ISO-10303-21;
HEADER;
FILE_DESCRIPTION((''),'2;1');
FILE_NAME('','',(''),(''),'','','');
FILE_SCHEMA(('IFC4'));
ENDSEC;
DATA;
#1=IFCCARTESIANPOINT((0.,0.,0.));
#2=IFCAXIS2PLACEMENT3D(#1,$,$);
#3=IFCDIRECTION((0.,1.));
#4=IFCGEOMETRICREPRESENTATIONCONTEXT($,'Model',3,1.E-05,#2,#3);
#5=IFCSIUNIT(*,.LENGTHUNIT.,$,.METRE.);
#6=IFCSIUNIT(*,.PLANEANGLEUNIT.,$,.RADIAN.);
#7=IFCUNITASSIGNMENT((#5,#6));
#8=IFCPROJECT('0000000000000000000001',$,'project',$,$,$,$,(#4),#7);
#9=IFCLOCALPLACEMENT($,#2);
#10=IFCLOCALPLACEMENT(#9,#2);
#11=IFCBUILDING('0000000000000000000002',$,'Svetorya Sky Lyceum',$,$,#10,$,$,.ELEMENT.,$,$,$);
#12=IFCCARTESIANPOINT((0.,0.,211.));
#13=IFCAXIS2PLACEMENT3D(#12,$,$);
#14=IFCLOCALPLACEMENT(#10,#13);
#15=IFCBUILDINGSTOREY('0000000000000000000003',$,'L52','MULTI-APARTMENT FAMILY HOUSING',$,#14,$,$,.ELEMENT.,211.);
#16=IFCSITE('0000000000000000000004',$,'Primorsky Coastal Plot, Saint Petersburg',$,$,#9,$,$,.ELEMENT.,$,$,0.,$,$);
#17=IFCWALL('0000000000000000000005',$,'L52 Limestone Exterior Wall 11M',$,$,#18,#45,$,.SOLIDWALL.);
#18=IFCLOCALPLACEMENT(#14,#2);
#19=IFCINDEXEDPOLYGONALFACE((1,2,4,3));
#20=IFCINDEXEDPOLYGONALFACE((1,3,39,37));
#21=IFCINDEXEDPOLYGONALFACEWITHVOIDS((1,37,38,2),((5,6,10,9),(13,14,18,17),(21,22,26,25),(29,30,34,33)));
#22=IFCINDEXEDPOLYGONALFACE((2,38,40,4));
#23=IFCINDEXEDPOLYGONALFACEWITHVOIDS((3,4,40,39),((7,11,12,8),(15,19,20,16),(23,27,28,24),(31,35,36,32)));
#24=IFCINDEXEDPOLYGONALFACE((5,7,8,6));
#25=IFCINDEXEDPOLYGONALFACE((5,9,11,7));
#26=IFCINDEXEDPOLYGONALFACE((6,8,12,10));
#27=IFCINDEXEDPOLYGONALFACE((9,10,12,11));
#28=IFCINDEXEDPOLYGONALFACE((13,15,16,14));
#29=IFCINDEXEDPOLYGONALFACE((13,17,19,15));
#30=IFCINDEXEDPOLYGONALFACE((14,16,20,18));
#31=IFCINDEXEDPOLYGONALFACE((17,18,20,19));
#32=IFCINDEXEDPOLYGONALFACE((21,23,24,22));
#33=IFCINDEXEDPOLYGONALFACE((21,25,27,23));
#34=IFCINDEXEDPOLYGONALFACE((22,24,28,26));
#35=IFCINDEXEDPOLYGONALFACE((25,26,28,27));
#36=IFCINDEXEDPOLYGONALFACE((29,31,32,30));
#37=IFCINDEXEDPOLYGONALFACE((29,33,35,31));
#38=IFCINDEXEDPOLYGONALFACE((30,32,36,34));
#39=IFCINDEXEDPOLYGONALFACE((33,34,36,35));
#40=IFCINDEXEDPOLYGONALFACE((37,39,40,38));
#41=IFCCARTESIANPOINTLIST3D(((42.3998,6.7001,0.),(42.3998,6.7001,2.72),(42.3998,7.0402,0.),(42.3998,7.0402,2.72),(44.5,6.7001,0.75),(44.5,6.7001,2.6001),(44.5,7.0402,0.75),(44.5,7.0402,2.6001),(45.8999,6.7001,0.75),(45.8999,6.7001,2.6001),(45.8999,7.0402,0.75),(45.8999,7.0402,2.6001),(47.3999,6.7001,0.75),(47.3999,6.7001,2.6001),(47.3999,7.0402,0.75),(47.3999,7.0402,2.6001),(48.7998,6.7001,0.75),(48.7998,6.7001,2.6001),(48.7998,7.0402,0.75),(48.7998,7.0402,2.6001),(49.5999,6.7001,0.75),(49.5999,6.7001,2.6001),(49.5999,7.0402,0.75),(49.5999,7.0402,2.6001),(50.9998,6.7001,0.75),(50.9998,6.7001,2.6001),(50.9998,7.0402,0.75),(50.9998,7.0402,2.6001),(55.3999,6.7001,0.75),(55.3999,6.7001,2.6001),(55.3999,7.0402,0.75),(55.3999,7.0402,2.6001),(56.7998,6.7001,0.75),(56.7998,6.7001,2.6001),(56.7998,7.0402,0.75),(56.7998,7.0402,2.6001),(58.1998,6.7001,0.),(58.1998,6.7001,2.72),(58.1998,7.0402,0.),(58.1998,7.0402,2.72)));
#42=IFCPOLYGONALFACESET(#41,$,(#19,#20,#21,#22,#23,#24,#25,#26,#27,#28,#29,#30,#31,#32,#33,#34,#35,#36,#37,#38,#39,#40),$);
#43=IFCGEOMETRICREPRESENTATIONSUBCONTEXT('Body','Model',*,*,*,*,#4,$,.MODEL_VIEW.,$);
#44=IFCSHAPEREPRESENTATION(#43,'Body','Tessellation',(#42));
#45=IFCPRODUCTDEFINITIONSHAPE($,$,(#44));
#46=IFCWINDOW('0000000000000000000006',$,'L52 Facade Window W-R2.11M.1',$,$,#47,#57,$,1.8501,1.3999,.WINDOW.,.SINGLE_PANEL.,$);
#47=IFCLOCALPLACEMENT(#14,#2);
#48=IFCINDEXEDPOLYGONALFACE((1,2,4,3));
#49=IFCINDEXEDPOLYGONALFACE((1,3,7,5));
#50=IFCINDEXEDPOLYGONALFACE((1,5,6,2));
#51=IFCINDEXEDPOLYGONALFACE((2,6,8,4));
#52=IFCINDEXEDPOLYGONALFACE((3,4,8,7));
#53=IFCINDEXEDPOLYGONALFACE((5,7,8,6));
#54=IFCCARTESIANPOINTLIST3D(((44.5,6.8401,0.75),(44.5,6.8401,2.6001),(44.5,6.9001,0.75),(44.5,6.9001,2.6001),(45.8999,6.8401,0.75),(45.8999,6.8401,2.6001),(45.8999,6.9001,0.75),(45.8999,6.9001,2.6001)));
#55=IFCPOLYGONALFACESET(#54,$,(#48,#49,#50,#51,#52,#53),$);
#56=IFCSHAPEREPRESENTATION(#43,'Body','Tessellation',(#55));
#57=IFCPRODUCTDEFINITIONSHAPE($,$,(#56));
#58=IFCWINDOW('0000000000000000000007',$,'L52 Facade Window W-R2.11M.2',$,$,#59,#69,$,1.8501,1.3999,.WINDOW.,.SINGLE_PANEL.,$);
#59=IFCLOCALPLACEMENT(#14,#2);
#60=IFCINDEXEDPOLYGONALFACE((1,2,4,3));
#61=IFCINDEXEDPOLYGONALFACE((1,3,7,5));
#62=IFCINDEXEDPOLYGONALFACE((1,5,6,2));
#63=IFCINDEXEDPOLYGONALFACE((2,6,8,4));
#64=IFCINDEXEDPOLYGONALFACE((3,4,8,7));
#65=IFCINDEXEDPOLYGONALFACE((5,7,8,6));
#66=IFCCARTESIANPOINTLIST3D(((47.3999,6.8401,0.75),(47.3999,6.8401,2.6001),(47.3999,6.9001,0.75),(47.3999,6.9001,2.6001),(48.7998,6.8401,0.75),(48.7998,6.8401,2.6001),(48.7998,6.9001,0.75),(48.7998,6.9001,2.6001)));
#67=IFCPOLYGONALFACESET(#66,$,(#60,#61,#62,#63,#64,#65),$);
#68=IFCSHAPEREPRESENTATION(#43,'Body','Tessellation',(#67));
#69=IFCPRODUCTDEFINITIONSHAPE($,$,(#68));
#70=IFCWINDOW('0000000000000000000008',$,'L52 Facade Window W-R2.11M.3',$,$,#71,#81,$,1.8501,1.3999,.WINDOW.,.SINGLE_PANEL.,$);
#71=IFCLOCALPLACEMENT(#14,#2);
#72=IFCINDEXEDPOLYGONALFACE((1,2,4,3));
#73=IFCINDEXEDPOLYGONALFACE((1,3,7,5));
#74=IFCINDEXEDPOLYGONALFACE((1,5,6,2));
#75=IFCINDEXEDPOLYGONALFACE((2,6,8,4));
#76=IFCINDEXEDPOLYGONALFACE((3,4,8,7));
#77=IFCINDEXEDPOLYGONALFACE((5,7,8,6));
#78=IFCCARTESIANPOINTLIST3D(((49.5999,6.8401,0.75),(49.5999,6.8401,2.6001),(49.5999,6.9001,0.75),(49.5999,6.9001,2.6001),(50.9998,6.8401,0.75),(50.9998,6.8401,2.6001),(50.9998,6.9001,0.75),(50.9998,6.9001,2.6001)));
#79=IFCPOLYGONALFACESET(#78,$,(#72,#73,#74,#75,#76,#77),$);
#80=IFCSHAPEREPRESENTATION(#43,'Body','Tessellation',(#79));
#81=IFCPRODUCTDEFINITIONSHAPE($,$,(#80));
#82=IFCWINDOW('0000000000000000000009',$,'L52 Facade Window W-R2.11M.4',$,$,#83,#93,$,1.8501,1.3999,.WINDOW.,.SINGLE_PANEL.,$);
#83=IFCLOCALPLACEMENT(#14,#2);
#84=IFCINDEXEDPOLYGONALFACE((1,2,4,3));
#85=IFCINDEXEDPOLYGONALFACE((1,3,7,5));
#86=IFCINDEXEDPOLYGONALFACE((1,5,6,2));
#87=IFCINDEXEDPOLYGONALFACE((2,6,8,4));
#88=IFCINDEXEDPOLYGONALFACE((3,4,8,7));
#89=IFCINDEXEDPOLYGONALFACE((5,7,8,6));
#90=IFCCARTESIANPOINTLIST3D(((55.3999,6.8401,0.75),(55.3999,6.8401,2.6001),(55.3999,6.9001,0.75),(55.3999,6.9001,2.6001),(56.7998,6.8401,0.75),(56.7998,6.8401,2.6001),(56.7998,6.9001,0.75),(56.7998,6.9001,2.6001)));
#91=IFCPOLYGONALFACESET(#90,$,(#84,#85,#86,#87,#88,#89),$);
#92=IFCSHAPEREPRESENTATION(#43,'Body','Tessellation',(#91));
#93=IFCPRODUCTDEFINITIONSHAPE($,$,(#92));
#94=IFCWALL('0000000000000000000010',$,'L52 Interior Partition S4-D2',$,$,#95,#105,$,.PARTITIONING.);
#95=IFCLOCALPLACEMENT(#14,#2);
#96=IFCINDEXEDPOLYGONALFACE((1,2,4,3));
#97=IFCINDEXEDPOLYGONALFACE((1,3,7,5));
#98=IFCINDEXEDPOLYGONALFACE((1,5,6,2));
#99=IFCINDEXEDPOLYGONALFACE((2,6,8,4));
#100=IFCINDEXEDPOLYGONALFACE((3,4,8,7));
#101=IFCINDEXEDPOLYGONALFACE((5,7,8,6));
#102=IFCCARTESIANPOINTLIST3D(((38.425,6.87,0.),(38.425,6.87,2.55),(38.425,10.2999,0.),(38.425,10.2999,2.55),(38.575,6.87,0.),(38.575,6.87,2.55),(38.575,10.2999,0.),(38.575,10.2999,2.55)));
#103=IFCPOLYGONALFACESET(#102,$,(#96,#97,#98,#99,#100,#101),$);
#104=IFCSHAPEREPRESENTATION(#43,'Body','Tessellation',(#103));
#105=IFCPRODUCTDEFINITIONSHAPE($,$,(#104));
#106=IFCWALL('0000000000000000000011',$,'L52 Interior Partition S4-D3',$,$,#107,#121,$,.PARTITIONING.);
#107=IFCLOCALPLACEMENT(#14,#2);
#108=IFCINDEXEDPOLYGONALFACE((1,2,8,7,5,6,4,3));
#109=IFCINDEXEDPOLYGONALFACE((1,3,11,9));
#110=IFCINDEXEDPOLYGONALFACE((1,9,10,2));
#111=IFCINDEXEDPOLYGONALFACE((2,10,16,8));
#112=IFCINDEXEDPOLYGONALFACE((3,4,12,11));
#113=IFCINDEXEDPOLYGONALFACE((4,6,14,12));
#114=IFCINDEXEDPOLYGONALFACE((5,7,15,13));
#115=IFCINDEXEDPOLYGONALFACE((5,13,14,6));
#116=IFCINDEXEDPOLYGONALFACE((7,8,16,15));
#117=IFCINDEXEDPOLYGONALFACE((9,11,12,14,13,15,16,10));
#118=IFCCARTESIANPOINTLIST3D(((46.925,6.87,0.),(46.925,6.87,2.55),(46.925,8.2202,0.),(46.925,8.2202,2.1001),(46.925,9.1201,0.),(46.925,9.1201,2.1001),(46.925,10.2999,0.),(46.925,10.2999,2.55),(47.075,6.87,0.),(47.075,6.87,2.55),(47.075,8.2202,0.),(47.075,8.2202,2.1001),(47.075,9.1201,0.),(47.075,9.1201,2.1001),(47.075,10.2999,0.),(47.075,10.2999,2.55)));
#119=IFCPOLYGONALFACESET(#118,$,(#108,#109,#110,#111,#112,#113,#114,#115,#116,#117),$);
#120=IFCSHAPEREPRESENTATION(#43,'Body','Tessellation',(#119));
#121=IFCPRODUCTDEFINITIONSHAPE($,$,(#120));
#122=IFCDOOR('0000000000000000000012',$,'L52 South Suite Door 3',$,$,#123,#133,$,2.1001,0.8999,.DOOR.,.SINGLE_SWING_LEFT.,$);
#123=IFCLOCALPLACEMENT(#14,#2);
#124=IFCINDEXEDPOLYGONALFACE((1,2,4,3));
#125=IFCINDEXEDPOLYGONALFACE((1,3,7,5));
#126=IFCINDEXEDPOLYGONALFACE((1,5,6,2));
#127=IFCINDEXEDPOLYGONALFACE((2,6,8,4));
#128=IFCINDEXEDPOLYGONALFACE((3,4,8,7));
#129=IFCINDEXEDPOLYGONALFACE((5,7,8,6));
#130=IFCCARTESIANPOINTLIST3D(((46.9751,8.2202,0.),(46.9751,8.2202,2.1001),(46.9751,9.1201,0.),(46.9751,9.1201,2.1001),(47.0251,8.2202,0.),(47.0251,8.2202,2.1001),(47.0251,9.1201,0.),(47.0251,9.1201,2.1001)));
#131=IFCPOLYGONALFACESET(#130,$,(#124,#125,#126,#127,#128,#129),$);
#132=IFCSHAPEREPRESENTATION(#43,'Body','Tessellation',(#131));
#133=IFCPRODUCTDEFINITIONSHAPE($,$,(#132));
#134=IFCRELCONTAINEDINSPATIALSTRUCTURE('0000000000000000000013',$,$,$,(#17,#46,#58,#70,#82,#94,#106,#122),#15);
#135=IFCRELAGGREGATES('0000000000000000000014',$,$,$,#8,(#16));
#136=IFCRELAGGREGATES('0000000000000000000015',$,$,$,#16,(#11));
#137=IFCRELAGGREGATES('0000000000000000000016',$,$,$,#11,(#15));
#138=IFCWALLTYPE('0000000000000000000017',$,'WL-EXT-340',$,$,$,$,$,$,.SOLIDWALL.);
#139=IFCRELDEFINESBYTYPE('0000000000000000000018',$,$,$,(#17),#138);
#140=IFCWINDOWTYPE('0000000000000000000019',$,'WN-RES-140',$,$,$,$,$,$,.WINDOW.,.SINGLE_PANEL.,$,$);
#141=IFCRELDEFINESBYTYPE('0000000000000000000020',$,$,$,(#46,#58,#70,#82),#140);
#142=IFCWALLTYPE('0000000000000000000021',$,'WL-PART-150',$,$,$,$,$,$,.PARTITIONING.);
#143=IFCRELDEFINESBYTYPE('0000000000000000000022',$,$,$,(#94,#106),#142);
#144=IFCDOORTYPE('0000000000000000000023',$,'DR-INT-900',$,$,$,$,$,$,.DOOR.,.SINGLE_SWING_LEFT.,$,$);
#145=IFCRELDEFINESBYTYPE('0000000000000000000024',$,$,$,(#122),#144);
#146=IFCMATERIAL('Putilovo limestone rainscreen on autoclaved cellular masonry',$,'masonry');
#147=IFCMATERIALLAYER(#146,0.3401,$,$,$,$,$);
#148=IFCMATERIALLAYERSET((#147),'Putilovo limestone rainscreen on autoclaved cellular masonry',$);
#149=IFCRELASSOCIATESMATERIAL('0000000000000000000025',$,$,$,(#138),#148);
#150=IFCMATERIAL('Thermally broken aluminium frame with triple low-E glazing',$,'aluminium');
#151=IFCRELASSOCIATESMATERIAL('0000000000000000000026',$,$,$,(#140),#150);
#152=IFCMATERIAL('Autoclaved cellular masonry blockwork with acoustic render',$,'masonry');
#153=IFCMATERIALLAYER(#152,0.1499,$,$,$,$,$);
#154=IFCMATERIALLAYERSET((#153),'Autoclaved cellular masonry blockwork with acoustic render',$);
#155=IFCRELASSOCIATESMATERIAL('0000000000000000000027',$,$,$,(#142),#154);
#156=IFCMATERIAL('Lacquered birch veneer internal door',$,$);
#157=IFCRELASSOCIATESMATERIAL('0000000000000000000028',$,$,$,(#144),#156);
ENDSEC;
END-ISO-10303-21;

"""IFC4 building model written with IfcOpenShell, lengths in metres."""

from ifc_helpers import new_model, si_unit, direction, frame, frame_2d, origin, place, context, subcontext, project, spatial, rectangle, extrude, material, layer, layer_set, type_object, element, fill, save


model = new_model("IFC4")

# Units and contexts
model_context = context("Model", 3, precision=1e-05, world=origin(), true_north=direction((0.0, 1.0)))
body_context = subcontext(model_context, "Body", "Model", "MODEL_VIEW")
ifc_project = project(units=[si_unit("LENGTHUNIT", "METRE"), si_unit("PLANEANGLEUNIT", "RADIAN")], contexts=[model_context])

# Site, building, storey
site_placement = place(None, origin())
site = spatial("IfcSite", under=ifc_project, at=site_placement, Name="Primorsky Coastal Plot, Saint Petersburg", CompositionType="ELEMENT", RefElevation=0.0)
building_placement = place(site_placement, origin())
building = spatial("IfcBuilding", under=site, at=building_placement, Name="Svetorya Sky Lyceum", CompositionType="ELEMENT")
storey_placement = place(building_placement, frame((0.0, 0.0, 211.0)))
storey = spatial("IfcBuildingStorey", under=building, at=storey_placement, Name="L52", Description="MULTI-APARTMENT FAMILY HOUSING", CompositionType="ELEMENT", Elevation=211.0)

# Shared definitions
ifc_material_1 = material(Name="Putilovo limestone rainscreen on autoclaved cellular masonry", Category="masonry")
ifc_layer_1 = layer(ifc_material_1, 0.3401)
ifc_layer_set_1 = layer_set([ifc_layer_1], Name="Putilovo limestone rainscreen on autoclaved cellular masonry")
wall_type_1 = type_object("IfcWallType", Name="WL-EXT-340", PredefinedType="SOLIDWALL", material=ifc_layer_set_1)

# Wall, openings, windows
wall_1_placement = place(storey_placement, frame((42.3999, 6.8701, 0.0), z_axis=(0.0, 0.0, 1.0), x_axis=(1.0, 0.0, 0.0)))
wall_1 = element("IfcWall", 1, at=wall_1_placement, inside=storey, type_object=wall_type_1, Name="L52 Limestone Exterior Wall 11M", PredefinedType="SOLIDWALL", context=body_context, shape_type="SweptSolid", body=[
    extrude(rectangle(XDim=15.8, YDim=0.3401, at=frame_2d((7.8999, 0.0))), origin(), (0.0, 0.0, 1.0), 2.72),
])
opening_1_placement = place(wall_1_placement, frame((2.1001, 0.0, 0.75)))
opening_1 = element("IfcOpeningElement", 2, at=opening_1_placement, cuts=wall_1, PredefinedType="OPENING", context=body_context, shape_type="SweptSolid", body=[
    extrude(rectangle(XDim=1.3999, YDim=1.8501, at=frame_2d((0.7, 0.925))), frame((0.0, 0.1799, 0.0), z_axis=(0.0, -1.0, 0.0), x_axis=(1.0, 0.0, 0.0)), (0.0, 0.0, 1.0), 0.3601),
])
opening_2_placement = place(wall_1_placement, frame((5.0, 0.0, 0.75)))
opening_2 = element("IfcOpeningElement", 3, at=opening_2_placement, cuts=wall_1, PredefinedType="OPENING", context=body_context, shape_type="SweptSolid", body=[
    extrude(rectangle(XDim=1.3999, YDim=1.8501, at=frame_2d((0.7, 0.925))), frame((0.0, 0.1799, 0.0), z_axis=(0.0, -1.0, 0.0), x_axis=(1.0, 0.0, 0.0)), (0.0, 0.0, 1.0), 0.3601),
])
opening_3_placement = place(wall_1_placement, frame((7.2, 0.0, 0.75)))
opening_3 = element("IfcOpeningElement", 4, at=opening_3_placement, cuts=wall_1, PredefinedType="OPENING", context=body_context, shape_type="SweptSolid", body=[
    extrude(rectangle(XDim=1.3999, YDim=1.8501, at=frame_2d((0.7, 0.925))), frame((0.0, 0.1799, 0.0), z_axis=(0.0, -1.0, 0.0), x_axis=(1.0, 0.0, 0.0)), (0.0, 0.0, 1.0), 0.3601),
])
opening_4_placement = place(wall_1_placement, frame((13.0, 0.0, 0.75)))
opening_4 = element("IfcOpeningElement", 5, at=opening_4_placement, cuts=wall_1, PredefinedType="OPENING", context=body_context, shape_type="SweptSolid", body=[
    extrude(rectangle(XDim=1.3999, YDim=1.8501, at=frame_2d((0.7, 0.925))), frame((0.0, 0.1799, 0.0), z_axis=(0.0, -1.0, 0.0), x_axis=(1.0, 0.0, 0.0)), (0.0, 0.0, 1.0), 0.3601),
])
ifc_material_2 = material(Name="Thermally broken aluminium frame with triple low-E glazing", Category="aluminium")
window_type = type_object("IfcWindowType", Name="WN-RES-140", PartitioningType="SINGLE_PANEL", PredefinedType="WINDOW", material=ifc_material_2)
window_1_placement = place(opening_1_placement, origin())
window_1 = element("IfcWindow", 6, at=window_1_placement, inside=storey, type_object=window_type, Name="L52 Facade Window W-R2.11M.1", OverallHeight=1.8501, OverallWidth=1.3999, PartitioningType="SINGLE_PANEL", PredefinedType="WINDOW", context=body_context, shape_type="SweptSolid", body=[
    extrude(rectangle(XDim=1.3999, YDim=1.8501, at=frame_2d((0.7, 0.925))), frame((0.0, 0.03, 0.0), z_axis=(0.0, -1.0, 0.0), x_axis=(1.0, 0.0, 0.0)), (0.0, 0.0, 1.0), 0.0601),
])
fill(opening_1, window_1)
window_2_placement = place(opening_2_placement, origin())
window_2 = element("IfcWindow", 7, at=window_2_placement, inside=storey, type_object=window_type, Name="L52 Facade Window W-R2.11M.2", OverallHeight=1.8501, OverallWidth=1.3999, PartitioningType="SINGLE_PANEL", PredefinedType="WINDOW", context=body_context, shape_type="SweptSolid", body=[
    extrude(rectangle(XDim=1.3999, YDim=1.8501, at=frame_2d((0.7, 0.925))), frame((0.0, 0.03, 0.0), z_axis=(0.0, -1.0, 0.0), x_axis=(1.0, 0.0, 0.0)), (0.0, 0.0, 1.0), 0.0601),
])
fill(opening_2, window_2)
window_3_placement = place(opening_3_placement, origin())
window_3 = element("IfcWindow", 8, at=window_3_placement, inside=storey, type_object=window_type, Name="L52 Facade Window W-R2.11M.3", OverallHeight=1.8501, OverallWidth=1.3999, PartitioningType="SINGLE_PANEL", PredefinedType="WINDOW", context=body_context, shape_type="SweptSolid", body=[
    extrude(rectangle(XDim=1.3999, YDim=1.8501, at=frame_2d((0.7, 0.925))), frame((0.0, 0.03, 0.0), z_axis=(0.0, -1.0, 0.0), x_axis=(1.0, 0.0, 0.0)), (0.0, 0.0, 1.0), 0.0601),
])
fill(opening_3, window_3)
window_4_placement = place(opening_4_placement, origin())
window_4 = element("IfcWindow", 9, at=window_4_placement, inside=storey, type_object=window_type, Name="L52 Facade Window W-R2.11M.4", OverallHeight=1.8501, OverallWidth=1.3999, PartitioningType="SINGLE_PANEL", PredefinedType="WINDOW", context=body_context, shape_type="SweptSolid", body=[
    extrude(rectangle(XDim=1.3999, YDim=1.8501, at=frame_2d((0.7, 0.925))), frame((0.0, 0.03, 0.0), z_axis=(0.0, -1.0, 0.0), x_axis=(1.0, 0.0, 0.0)), (0.0, 0.0, 1.0), 0.0601),
])
fill(opening_4, window_4)

# Wall
ifc_material_3 = material(Name="Autoclaved cellular masonry blockwork with acoustic render", Category="masonry")
ifc_layer_2 = layer(ifc_material_3, 0.1499)
ifc_layer_set_2 = layer_set([ifc_layer_2], Name="Autoclaved cellular masonry blockwork with acoustic render")
wall_type_2 = type_object("IfcWallType", Name="WL-PART-150", PredefinedType="PARTITIONING", material=ifc_layer_set_2)
wall_2_placement = place(storey_placement, frame((38.5, 6.8701, 0.0), z_axis=(0.0, 0.0, 1.0), x_axis=(0.0, 1.0, 0.0)))
element("IfcWall", 10, at=wall_2_placement, inside=storey, type_object=wall_type_2, Name="L52 Interior Partition S4-D2", PredefinedType="PARTITIONING", context=body_context, shape_type="SweptSolid", body=[
    extrude(rectangle(XDim=3.4299, YDim=0.1499, at=frame_2d((1.7148, 0.0))), origin(), (0.0, 0.0, 1.0), 2.55),
])

# Wall, opening, door
wall_3_placement = place(storey_placement, frame((47.0, 6.8701, 0.0), z_axis=(0.0, 0.0, 1.0), x_axis=(0.0, 1.0, 0.0)))
wall_3 = element("IfcWall", 11, at=wall_3_placement, inside=storey, type_object=wall_type_2, Name="L52 Interior Partition S4-D3", PredefinedType="PARTITIONING", context=body_context, shape_type="SweptSolid", body=[
    extrude(rectangle(XDim=3.4299, YDim=0.1499, at=frame_2d((1.7148, 0.0))), origin(), (0.0, 0.0, 1.0), 2.55),
])
opening_5_placement = place(wall_3_placement, frame((1.3501, 0.0, 0.0)))
opening_5 = element("IfcOpeningElement", 12, at=opening_5_placement, cuts=wall_3, PredefinedType="OPENING", context=body_context, shape_type="SweptSolid", body=[
    extrude(rectangle(XDim=0.8999, YDim=2.1001, at=frame_2d((0.45, 1.05))), frame((0.0, 0.085, 0.0), z_axis=(0.0, -1.0, 0.0), x_axis=(1.0, 0.0, 0.0)), (0.0, 0.0, 1.0), 0.1699),
])
ifc_material_4 = material(Name="Lacquered birch veneer internal door")
door_type = type_object("IfcDoorType", Name="DR-INT-900", OperationType="SINGLE_SWING_LEFT", PredefinedType="DOOR", material=ifc_material_4)
door_placement = place(opening_5_placement, origin())
door = element("IfcDoor", 13, at=door_placement, inside=storey, type_object=door_type, Name="L52 South Suite Door 3", OperationType="SINGLE_SWING_LEFT", OverallHeight=2.1001, OverallWidth=0.8999, PredefinedType="DOOR", context=body_context, shape_type="SweptSolid", body=[
    extrude(rectangle(XDim=0.8999, YDim=2.1001, at=frame_2d((0.45, 1.05))), frame((0.0, 0.0249, 0.0), z_axis=(0.0, -1.0, 0.0), x_axis=(1.0, 0.0, 0.0)), (0.0, 0.0, 1.0), 0.05),
])
fill(opening_5, door)

save(model, "model.ifc")
